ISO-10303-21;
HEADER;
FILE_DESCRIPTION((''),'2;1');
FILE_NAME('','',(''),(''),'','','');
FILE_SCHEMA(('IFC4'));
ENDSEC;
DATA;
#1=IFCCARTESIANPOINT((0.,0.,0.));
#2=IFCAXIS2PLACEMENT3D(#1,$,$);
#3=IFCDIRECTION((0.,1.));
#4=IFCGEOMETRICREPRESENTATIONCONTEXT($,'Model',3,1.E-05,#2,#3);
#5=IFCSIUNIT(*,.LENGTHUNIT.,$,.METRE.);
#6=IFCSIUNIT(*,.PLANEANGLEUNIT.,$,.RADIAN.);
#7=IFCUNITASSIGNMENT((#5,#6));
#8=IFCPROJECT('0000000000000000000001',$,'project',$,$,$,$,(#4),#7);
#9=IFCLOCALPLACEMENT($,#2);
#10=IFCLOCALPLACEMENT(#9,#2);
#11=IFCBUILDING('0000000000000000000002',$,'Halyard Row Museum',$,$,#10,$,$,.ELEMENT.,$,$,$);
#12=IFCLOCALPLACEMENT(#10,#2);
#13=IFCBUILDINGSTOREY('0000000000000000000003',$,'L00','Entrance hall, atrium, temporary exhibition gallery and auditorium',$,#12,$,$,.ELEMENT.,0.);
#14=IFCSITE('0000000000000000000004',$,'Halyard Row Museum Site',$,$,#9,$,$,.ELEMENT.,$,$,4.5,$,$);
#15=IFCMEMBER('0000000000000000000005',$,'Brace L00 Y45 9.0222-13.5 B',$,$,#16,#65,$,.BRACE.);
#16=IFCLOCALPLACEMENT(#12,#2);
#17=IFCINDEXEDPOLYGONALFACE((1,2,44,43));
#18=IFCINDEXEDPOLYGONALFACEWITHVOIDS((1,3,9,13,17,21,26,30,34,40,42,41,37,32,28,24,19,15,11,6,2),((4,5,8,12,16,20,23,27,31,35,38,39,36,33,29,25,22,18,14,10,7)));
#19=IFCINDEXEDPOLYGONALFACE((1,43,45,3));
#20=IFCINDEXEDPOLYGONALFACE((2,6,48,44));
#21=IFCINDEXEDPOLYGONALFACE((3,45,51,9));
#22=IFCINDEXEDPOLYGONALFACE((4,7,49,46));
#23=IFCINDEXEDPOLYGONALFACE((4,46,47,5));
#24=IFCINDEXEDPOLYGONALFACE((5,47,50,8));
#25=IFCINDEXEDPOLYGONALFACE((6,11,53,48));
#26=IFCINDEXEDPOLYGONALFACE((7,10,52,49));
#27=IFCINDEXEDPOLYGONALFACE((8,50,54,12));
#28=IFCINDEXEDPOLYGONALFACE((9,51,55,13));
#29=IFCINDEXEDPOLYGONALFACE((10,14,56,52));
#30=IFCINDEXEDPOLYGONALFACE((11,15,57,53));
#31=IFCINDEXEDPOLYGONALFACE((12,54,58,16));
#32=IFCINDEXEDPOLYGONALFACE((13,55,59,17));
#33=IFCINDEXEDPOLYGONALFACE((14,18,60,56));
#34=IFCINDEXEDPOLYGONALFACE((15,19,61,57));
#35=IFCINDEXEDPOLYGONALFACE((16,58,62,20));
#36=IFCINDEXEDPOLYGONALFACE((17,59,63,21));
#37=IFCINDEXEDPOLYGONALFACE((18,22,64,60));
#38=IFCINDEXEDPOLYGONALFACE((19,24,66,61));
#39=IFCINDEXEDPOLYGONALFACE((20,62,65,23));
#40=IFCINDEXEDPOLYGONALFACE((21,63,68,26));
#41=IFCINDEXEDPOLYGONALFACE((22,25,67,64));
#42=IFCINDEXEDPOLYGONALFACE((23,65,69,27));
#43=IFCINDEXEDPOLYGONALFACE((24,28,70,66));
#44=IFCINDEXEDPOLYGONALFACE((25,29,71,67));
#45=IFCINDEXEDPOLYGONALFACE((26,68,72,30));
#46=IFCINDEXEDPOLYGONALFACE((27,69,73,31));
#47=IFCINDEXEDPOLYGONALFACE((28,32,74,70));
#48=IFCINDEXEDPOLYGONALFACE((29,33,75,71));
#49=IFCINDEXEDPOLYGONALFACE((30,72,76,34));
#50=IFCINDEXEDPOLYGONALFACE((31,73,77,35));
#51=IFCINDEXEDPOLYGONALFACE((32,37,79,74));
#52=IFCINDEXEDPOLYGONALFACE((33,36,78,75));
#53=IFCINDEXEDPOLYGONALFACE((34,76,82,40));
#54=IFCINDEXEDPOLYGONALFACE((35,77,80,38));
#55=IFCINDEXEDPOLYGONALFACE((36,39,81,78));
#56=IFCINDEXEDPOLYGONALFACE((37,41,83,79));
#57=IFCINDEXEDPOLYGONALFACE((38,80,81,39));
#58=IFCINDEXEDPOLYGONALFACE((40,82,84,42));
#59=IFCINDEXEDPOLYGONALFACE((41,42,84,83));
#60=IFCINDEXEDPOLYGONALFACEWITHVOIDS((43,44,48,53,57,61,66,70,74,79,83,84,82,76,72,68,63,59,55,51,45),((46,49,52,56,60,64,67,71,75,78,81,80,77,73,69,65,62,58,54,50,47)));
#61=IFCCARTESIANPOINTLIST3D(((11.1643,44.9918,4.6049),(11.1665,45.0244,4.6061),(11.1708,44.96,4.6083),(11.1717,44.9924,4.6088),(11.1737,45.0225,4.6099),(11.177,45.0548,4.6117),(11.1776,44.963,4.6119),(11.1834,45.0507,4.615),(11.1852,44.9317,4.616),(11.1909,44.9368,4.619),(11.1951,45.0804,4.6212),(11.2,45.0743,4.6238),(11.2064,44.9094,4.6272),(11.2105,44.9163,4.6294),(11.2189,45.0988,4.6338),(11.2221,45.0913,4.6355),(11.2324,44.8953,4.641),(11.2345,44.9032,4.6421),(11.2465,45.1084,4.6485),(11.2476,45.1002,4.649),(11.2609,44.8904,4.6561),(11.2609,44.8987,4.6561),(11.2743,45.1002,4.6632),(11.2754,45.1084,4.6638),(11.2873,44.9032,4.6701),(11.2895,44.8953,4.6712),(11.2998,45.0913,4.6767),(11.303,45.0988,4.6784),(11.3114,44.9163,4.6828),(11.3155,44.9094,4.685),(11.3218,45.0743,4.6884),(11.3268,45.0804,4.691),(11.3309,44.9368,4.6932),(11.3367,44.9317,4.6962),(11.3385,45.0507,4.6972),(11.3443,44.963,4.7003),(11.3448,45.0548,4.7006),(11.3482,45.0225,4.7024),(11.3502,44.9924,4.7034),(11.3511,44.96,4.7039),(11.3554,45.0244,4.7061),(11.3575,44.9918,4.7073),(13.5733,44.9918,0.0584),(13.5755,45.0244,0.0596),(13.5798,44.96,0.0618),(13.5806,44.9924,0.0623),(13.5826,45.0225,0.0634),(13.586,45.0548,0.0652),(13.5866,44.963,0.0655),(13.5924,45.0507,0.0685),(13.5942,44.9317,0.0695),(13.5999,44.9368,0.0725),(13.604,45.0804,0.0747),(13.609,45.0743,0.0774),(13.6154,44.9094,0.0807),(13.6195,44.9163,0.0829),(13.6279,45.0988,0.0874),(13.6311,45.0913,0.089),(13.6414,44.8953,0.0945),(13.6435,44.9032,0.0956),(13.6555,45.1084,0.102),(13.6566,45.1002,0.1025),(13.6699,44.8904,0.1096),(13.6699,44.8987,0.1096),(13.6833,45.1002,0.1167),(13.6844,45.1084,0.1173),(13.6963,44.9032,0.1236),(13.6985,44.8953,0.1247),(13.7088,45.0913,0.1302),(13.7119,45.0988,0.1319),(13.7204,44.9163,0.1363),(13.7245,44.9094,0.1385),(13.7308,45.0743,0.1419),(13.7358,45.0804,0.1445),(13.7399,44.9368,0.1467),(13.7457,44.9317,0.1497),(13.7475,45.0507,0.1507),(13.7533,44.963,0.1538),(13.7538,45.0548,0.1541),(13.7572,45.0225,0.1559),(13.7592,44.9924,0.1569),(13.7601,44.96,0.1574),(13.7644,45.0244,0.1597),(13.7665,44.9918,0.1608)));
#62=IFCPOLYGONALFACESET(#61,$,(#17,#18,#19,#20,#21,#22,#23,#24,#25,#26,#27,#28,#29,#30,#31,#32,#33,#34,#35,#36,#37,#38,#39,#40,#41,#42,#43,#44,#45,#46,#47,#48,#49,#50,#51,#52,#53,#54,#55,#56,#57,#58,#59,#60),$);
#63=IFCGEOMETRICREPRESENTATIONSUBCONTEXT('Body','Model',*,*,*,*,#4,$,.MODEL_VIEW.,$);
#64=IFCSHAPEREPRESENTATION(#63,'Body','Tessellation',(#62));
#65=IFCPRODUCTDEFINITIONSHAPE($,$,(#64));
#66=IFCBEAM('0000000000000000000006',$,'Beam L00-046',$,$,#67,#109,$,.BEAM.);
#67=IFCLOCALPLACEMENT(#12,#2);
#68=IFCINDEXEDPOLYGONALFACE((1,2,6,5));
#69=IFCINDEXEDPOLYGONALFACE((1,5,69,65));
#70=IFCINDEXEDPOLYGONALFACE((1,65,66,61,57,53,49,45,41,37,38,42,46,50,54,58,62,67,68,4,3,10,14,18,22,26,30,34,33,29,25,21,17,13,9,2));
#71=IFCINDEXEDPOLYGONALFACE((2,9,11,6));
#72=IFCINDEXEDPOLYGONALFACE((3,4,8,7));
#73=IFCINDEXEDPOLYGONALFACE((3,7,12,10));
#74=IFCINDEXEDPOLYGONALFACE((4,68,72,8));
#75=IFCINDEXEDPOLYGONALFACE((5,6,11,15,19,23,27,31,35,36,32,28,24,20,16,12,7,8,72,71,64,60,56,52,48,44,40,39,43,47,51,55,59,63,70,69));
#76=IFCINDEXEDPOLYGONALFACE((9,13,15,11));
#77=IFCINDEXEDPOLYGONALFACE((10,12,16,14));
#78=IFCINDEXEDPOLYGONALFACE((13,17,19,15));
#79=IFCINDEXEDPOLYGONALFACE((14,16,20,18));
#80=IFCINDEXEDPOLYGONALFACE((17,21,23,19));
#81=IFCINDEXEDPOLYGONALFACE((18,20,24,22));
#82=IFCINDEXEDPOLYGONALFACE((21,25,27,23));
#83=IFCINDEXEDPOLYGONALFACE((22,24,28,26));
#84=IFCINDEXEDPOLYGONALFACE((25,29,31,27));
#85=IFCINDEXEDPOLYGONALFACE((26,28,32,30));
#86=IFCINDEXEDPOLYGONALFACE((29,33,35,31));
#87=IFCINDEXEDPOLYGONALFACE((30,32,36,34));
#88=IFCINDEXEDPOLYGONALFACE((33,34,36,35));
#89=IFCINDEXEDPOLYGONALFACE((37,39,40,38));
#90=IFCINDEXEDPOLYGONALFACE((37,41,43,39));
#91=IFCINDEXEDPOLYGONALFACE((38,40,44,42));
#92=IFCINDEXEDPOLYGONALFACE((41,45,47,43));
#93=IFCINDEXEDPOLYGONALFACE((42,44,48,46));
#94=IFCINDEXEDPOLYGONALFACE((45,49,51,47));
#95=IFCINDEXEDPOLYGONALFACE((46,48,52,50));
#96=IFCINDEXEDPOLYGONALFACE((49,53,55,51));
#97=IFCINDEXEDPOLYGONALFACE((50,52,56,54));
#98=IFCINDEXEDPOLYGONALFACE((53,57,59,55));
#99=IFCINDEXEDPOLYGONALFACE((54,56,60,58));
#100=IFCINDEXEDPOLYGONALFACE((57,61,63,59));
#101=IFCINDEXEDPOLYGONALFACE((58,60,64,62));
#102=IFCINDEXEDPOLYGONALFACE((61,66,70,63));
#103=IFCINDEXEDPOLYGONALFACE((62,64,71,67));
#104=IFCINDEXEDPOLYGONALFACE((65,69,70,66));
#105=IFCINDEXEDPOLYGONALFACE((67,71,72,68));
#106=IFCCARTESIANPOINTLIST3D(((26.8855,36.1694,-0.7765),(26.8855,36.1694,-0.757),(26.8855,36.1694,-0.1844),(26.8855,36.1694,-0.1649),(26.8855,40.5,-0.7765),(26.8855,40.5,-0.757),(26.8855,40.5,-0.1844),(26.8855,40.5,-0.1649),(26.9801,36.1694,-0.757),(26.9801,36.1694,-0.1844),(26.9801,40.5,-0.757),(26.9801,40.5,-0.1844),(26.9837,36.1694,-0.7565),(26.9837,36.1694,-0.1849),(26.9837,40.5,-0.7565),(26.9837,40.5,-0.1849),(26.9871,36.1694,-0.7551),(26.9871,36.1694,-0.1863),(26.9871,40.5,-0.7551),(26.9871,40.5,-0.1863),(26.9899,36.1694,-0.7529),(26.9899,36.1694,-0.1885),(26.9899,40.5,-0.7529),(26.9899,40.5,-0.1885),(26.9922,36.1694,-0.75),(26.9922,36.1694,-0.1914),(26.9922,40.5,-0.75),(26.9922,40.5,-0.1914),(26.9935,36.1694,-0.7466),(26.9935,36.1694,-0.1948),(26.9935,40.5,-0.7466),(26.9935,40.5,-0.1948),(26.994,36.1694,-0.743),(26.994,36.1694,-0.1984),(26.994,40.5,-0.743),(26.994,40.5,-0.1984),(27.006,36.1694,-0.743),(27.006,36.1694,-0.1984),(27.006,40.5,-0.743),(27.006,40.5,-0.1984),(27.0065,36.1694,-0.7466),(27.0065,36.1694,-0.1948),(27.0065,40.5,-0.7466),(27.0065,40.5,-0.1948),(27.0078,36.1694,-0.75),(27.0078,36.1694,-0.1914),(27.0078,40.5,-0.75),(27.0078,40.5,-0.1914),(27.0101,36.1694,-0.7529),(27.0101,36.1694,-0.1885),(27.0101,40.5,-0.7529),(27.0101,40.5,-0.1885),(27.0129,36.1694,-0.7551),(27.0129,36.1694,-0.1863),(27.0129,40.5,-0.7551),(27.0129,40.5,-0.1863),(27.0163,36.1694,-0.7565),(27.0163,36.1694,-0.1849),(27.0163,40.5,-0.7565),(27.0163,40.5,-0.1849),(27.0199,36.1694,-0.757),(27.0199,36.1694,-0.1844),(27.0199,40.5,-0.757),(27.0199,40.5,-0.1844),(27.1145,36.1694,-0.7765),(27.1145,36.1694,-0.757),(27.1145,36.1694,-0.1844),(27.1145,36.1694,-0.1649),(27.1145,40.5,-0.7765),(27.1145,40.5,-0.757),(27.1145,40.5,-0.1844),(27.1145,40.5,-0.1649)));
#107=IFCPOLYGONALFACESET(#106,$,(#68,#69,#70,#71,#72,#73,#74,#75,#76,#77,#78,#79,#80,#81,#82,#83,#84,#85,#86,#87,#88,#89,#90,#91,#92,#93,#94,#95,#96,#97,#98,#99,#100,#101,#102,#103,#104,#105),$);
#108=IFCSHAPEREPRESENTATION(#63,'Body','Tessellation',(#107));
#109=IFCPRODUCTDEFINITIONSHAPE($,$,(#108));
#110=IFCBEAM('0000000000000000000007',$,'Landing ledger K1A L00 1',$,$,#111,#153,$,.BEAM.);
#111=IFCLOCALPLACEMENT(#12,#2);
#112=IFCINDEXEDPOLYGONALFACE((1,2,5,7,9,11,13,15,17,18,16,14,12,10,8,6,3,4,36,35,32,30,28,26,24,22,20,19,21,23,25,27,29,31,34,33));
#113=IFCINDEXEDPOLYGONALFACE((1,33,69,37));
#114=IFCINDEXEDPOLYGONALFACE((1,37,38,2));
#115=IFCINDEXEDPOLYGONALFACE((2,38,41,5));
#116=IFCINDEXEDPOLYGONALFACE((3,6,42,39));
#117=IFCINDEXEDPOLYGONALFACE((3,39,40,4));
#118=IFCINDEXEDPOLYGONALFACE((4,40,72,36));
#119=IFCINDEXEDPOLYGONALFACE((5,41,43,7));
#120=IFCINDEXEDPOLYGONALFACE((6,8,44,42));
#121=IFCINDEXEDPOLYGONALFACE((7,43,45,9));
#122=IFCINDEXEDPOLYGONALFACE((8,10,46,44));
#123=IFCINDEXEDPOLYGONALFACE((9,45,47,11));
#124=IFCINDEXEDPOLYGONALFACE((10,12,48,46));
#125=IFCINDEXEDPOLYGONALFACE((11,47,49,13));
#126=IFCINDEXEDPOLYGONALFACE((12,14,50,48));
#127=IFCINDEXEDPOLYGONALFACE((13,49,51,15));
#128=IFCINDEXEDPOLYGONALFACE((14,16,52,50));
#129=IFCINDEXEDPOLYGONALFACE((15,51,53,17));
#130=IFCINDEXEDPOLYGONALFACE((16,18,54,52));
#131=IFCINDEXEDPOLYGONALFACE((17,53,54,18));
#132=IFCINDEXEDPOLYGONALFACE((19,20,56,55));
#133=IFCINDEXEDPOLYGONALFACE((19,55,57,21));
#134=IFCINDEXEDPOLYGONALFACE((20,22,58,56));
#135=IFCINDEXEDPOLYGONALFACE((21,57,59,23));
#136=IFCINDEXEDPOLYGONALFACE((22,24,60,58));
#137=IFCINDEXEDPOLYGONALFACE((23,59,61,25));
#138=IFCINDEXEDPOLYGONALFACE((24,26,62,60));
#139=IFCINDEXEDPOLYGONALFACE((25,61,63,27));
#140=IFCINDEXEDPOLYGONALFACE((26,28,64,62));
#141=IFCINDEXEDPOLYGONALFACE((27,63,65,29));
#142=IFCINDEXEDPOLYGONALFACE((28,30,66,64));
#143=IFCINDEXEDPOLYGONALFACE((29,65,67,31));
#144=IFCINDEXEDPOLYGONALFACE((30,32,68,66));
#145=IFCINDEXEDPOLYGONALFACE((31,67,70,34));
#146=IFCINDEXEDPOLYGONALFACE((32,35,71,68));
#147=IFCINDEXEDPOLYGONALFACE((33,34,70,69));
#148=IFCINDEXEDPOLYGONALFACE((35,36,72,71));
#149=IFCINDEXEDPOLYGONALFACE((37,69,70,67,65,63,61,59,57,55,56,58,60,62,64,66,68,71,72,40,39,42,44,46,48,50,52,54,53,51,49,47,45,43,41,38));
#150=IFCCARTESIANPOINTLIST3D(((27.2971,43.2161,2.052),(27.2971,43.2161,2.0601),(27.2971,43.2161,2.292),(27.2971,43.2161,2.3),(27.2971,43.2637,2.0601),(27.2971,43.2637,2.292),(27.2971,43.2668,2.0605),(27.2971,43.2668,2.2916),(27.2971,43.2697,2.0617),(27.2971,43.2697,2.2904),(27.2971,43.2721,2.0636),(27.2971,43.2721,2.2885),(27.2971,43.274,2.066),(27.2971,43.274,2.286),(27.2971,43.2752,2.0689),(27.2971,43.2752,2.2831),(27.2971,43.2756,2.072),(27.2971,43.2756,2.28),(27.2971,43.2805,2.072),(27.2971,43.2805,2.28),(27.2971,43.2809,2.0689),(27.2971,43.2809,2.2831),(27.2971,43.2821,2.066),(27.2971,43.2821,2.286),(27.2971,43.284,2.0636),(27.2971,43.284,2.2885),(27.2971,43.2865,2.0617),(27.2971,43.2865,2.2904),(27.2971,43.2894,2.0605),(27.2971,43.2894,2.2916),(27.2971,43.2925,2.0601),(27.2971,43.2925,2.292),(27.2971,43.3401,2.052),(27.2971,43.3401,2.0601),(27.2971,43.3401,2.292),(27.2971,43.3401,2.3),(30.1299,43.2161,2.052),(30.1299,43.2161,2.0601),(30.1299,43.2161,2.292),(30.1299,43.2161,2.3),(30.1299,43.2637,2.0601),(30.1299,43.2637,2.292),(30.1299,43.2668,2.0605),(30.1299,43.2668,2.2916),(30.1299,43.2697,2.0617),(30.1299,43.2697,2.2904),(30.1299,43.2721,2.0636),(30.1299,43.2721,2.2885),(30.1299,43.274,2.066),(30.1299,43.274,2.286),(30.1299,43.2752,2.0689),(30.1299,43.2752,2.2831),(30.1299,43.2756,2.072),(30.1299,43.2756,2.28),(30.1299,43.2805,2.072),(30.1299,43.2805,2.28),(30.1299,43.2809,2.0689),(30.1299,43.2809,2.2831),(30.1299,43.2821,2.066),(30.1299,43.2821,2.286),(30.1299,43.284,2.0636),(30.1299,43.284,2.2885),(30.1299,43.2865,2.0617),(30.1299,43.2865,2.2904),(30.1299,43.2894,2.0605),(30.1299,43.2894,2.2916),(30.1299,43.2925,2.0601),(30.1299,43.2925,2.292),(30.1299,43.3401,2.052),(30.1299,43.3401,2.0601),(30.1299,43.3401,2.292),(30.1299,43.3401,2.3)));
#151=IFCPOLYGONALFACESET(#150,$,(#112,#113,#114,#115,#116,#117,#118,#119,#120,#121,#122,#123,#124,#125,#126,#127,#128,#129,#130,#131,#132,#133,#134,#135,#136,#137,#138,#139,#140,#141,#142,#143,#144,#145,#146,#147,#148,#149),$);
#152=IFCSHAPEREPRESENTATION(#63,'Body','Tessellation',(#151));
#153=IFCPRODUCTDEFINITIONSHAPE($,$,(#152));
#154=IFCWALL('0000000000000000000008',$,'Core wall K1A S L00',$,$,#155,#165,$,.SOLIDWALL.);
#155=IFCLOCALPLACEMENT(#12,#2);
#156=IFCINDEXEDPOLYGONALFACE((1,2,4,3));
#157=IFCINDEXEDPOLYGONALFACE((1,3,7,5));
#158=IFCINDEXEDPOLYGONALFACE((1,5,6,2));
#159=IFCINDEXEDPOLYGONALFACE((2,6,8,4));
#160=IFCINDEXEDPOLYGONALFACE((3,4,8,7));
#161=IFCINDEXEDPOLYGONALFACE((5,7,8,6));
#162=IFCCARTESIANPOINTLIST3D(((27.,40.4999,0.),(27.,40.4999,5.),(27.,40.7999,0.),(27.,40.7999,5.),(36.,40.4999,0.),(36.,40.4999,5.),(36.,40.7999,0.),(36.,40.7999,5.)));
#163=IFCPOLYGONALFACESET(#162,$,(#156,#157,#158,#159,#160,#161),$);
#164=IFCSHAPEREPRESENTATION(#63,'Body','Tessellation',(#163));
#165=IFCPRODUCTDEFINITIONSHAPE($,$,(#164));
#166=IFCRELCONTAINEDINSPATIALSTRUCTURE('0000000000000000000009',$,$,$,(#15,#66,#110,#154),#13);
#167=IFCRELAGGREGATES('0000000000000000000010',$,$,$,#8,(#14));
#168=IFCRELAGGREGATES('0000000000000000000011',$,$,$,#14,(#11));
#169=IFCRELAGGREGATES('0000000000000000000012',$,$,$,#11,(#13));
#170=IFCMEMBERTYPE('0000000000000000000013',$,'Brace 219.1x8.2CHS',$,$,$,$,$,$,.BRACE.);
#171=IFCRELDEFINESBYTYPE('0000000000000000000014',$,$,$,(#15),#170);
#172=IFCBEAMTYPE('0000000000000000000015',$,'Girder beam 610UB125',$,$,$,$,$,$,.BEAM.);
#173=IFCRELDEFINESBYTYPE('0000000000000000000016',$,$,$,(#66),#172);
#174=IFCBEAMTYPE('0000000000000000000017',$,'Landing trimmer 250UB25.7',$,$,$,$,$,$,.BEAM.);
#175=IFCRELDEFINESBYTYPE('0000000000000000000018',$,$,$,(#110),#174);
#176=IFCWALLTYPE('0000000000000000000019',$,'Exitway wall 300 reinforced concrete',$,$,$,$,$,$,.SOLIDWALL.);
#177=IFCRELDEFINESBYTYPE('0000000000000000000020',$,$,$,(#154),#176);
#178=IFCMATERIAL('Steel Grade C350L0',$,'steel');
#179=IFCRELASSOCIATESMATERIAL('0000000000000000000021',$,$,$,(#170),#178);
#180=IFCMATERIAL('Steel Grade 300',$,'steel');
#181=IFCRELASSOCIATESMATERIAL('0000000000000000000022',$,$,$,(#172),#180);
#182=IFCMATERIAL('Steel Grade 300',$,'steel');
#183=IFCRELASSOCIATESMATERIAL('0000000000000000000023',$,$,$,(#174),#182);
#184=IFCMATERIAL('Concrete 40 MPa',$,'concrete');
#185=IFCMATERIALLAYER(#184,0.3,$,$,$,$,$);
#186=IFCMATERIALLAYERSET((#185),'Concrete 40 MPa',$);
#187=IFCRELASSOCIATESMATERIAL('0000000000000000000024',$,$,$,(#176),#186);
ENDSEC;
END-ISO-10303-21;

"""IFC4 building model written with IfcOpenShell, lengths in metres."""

from ifc_helpers import new_model, si_unit, direction, frame, frame_2d, origin, origin_2d, place, context, subcontext, project, spatial, rectangle, hollow_circle, i_section, extrude, material, layer, layer_set, material_profile, profile_set, type_object, element, save


model = new_model("IFC4")

# Units and contexts
model_context = context("Model", 3, precision=1e-05, world=origin(), true_north=direction((0.0, 1.0)))
body_context = subcontext(model_context, "Body", "Model", "MODEL_VIEW")
ifc_project = project(units=[si_unit("LENGTHUNIT", "METRE"), si_unit("PLANEANGLEUNIT", "RADIAN")], contexts=[model_context])

# Site, building, storey
site_placement = place(None, origin())
site = spatial("IfcSite", under=ifc_project, at=site_placement, Name="Halyard Row Museum Site", CompositionType="ELEMENT", RefElevation=4.5)
building_placement = place(site_placement, origin())
building = spatial("IfcBuilding", under=site, at=building_placement, Name="Halyard Row Museum", CompositionType="ELEMENT")
storey_placement = place(building_placement, origin())
storey = spatial("IfcBuildingStorey", under=building, at=storey_placement, Name="L00", Description="Entrance hall, atrium, temporary exhibition gallery and auditorium", CompositionType="ELEMENT", Elevation=0.0)

# Member
ifc_material_1 = material(Name="Steel Grade C350L0", Category="steel")
ifc_material_profile_1 = material_profile(ifc_material_1, hollow_circle(Radius=0.1096, WallThickness=0.0083, at=origin_2d()), Name="219.1x8.2CHS")
ifc_profile_set_1 = profile_set([ifc_material_profile_1], Name="Steel Grade C350L0")
member_type = type_object("IfcMemberType", Name="Brace 219.1x8.2CHS", PredefinedType="BRACE", material=ifc_profile_set_1)
member_1_placement = place(storey_placement, frame((13.6699, 45.0, 0.1096), z_axis=(-0.468195, 0.0, 0.883625), x_axis=(0.0, -1.0, 0.0)))
element("IfcMember", 1, at=member_1_placement, inside=storey, type_object=member_type, Name="Brace L00 Y45 9.0222-13.5 B", PredefinedType="BRACE", context=body_context, shape_type="SweptSolid", body=[
    extrude(hollow_circle(Radius=0.1096, WallThickness=0.0083, at=origin_2d()), origin(), (0.0, 0.0, 1.0), 5.1453),
])

# Beams
ifc_material_2 = material(Name="Steel Grade 300", Category="steel")
ifc_material_profile_2 = material_profile(ifc_material_2, i_section(OverallWidth=0.229, OverallDepth=0.6116, WebThickness=0.012, FlangeThickness=0.0195, FilletRadius=0.0139, at=origin_2d()), Name="610UB125")
ifc_profile_set_2 = profile_set([ifc_material_profile_2], Name="Steel Grade 300")
beam_type_1 = type_object("IfcBeamType", Name="Girder beam 610UB125", PredefinedType="BEAM", material=ifc_profile_set_2)
beam_1_placement = place(storey_placement, frame((27.0, 36.1694, -0.4707), z_axis=(0.0, 1.0, 0.0), x_axis=(-1.0, 0.0, 0.0)))
element("IfcBeam", 2, at=beam_1_placement, inside=storey, type_object=beam_type_1, Name="Beam L00-046", PredefinedType="BEAM", context=body_context, shape_type="SweptSolid", body=[
    extrude(i_section(OverallWidth=0.229, OverallDepth=0.6116, WebThickness=0.012, FlangeThickness=0.0195, FilletRadius=0.0139, at=origin_2d()), origin(), (0.0, 0.0, 1.0), 4.3306),
])
ifc_material_3 = material(Name="Steel Grade 300", Category="steel")
ifc_material_profile_3 = material_profile(ifc_material_3, i_section(OverallWidth=0.124, OverallDepth=0.248, WebThickness=0.0049, FlangeThickness=0.0081, FilletRadius=0.012, at=origin_2d()), Name="250UB25.7")
ifc_profile_set_3 = profile_set([ifc_material_profile_3], Name="Steel Grade 300")
beam_type_2 = type_object("IfcBeamType", Name="Landing trimmer 250UB25.7", PredefinedType="BEAM", material=ifc_profile_set_3)
beam_2_placement = place(storey_placement, frame((27.2971, 43.2781, 2.176), z_axis=(1.0, 0.0, 0.0), x_axis=(0.0, 1.0, 0.0)))
element("IfcBeam", 3, at=beam_2_placement, inside=storey, type_object=beam_type_2, Name="Landing ledger K1A L00 1", PredefinedType="BEAM", context=body_context, shape_type="SweptSolid", body=[
    extrude(i_section(OverallWidth=0.124, OverallDepth=0.248, WebThickness=0.0049, FlangeThickness=0.0081, FilletRadius=0.012, at=origin_2d()), origin(), (0.0, 0.0, 1.0), 2.8328),
])

# Wall
ifc_material_4 = material(Name="Concrete 40 MPa", Category="concrete")
ifc_layer_1 = layer(ifc_material_4, 0.3)
ifc_layer_set_1 = layer_set([ifc_layer_1], Name="Concrete 40 MPa")
wall_type_1 = type_object("IfcWallType", Name="Exitway wall 300 reinforced concrete", PredefinedType="SOLIDWALL", material=ifc_layer_set_1)
wall_1_placement = place(storey_placement, frame((27.0, 40.6499, 0.0), z_axis=(0.0, 0.0, 1.0), x_axis=(1.0, 0.0, 0.0)))
element("IfcWall", 4, at=wall_1_placement, inside=storey, type_object=wall_type_1, Name="Core wall K1A S L00", PredefinedType="SOLIDWALL", context=body_context, shape_type="SweptSolid", body=[
    extrude(rectangle(XDim=9.0, YDim=0.3, at=frame_2d((4.5, 0.0))), origin(), (0.0, 0.0, 1.0), 5.0),
])

save(model, "model.ifc")
